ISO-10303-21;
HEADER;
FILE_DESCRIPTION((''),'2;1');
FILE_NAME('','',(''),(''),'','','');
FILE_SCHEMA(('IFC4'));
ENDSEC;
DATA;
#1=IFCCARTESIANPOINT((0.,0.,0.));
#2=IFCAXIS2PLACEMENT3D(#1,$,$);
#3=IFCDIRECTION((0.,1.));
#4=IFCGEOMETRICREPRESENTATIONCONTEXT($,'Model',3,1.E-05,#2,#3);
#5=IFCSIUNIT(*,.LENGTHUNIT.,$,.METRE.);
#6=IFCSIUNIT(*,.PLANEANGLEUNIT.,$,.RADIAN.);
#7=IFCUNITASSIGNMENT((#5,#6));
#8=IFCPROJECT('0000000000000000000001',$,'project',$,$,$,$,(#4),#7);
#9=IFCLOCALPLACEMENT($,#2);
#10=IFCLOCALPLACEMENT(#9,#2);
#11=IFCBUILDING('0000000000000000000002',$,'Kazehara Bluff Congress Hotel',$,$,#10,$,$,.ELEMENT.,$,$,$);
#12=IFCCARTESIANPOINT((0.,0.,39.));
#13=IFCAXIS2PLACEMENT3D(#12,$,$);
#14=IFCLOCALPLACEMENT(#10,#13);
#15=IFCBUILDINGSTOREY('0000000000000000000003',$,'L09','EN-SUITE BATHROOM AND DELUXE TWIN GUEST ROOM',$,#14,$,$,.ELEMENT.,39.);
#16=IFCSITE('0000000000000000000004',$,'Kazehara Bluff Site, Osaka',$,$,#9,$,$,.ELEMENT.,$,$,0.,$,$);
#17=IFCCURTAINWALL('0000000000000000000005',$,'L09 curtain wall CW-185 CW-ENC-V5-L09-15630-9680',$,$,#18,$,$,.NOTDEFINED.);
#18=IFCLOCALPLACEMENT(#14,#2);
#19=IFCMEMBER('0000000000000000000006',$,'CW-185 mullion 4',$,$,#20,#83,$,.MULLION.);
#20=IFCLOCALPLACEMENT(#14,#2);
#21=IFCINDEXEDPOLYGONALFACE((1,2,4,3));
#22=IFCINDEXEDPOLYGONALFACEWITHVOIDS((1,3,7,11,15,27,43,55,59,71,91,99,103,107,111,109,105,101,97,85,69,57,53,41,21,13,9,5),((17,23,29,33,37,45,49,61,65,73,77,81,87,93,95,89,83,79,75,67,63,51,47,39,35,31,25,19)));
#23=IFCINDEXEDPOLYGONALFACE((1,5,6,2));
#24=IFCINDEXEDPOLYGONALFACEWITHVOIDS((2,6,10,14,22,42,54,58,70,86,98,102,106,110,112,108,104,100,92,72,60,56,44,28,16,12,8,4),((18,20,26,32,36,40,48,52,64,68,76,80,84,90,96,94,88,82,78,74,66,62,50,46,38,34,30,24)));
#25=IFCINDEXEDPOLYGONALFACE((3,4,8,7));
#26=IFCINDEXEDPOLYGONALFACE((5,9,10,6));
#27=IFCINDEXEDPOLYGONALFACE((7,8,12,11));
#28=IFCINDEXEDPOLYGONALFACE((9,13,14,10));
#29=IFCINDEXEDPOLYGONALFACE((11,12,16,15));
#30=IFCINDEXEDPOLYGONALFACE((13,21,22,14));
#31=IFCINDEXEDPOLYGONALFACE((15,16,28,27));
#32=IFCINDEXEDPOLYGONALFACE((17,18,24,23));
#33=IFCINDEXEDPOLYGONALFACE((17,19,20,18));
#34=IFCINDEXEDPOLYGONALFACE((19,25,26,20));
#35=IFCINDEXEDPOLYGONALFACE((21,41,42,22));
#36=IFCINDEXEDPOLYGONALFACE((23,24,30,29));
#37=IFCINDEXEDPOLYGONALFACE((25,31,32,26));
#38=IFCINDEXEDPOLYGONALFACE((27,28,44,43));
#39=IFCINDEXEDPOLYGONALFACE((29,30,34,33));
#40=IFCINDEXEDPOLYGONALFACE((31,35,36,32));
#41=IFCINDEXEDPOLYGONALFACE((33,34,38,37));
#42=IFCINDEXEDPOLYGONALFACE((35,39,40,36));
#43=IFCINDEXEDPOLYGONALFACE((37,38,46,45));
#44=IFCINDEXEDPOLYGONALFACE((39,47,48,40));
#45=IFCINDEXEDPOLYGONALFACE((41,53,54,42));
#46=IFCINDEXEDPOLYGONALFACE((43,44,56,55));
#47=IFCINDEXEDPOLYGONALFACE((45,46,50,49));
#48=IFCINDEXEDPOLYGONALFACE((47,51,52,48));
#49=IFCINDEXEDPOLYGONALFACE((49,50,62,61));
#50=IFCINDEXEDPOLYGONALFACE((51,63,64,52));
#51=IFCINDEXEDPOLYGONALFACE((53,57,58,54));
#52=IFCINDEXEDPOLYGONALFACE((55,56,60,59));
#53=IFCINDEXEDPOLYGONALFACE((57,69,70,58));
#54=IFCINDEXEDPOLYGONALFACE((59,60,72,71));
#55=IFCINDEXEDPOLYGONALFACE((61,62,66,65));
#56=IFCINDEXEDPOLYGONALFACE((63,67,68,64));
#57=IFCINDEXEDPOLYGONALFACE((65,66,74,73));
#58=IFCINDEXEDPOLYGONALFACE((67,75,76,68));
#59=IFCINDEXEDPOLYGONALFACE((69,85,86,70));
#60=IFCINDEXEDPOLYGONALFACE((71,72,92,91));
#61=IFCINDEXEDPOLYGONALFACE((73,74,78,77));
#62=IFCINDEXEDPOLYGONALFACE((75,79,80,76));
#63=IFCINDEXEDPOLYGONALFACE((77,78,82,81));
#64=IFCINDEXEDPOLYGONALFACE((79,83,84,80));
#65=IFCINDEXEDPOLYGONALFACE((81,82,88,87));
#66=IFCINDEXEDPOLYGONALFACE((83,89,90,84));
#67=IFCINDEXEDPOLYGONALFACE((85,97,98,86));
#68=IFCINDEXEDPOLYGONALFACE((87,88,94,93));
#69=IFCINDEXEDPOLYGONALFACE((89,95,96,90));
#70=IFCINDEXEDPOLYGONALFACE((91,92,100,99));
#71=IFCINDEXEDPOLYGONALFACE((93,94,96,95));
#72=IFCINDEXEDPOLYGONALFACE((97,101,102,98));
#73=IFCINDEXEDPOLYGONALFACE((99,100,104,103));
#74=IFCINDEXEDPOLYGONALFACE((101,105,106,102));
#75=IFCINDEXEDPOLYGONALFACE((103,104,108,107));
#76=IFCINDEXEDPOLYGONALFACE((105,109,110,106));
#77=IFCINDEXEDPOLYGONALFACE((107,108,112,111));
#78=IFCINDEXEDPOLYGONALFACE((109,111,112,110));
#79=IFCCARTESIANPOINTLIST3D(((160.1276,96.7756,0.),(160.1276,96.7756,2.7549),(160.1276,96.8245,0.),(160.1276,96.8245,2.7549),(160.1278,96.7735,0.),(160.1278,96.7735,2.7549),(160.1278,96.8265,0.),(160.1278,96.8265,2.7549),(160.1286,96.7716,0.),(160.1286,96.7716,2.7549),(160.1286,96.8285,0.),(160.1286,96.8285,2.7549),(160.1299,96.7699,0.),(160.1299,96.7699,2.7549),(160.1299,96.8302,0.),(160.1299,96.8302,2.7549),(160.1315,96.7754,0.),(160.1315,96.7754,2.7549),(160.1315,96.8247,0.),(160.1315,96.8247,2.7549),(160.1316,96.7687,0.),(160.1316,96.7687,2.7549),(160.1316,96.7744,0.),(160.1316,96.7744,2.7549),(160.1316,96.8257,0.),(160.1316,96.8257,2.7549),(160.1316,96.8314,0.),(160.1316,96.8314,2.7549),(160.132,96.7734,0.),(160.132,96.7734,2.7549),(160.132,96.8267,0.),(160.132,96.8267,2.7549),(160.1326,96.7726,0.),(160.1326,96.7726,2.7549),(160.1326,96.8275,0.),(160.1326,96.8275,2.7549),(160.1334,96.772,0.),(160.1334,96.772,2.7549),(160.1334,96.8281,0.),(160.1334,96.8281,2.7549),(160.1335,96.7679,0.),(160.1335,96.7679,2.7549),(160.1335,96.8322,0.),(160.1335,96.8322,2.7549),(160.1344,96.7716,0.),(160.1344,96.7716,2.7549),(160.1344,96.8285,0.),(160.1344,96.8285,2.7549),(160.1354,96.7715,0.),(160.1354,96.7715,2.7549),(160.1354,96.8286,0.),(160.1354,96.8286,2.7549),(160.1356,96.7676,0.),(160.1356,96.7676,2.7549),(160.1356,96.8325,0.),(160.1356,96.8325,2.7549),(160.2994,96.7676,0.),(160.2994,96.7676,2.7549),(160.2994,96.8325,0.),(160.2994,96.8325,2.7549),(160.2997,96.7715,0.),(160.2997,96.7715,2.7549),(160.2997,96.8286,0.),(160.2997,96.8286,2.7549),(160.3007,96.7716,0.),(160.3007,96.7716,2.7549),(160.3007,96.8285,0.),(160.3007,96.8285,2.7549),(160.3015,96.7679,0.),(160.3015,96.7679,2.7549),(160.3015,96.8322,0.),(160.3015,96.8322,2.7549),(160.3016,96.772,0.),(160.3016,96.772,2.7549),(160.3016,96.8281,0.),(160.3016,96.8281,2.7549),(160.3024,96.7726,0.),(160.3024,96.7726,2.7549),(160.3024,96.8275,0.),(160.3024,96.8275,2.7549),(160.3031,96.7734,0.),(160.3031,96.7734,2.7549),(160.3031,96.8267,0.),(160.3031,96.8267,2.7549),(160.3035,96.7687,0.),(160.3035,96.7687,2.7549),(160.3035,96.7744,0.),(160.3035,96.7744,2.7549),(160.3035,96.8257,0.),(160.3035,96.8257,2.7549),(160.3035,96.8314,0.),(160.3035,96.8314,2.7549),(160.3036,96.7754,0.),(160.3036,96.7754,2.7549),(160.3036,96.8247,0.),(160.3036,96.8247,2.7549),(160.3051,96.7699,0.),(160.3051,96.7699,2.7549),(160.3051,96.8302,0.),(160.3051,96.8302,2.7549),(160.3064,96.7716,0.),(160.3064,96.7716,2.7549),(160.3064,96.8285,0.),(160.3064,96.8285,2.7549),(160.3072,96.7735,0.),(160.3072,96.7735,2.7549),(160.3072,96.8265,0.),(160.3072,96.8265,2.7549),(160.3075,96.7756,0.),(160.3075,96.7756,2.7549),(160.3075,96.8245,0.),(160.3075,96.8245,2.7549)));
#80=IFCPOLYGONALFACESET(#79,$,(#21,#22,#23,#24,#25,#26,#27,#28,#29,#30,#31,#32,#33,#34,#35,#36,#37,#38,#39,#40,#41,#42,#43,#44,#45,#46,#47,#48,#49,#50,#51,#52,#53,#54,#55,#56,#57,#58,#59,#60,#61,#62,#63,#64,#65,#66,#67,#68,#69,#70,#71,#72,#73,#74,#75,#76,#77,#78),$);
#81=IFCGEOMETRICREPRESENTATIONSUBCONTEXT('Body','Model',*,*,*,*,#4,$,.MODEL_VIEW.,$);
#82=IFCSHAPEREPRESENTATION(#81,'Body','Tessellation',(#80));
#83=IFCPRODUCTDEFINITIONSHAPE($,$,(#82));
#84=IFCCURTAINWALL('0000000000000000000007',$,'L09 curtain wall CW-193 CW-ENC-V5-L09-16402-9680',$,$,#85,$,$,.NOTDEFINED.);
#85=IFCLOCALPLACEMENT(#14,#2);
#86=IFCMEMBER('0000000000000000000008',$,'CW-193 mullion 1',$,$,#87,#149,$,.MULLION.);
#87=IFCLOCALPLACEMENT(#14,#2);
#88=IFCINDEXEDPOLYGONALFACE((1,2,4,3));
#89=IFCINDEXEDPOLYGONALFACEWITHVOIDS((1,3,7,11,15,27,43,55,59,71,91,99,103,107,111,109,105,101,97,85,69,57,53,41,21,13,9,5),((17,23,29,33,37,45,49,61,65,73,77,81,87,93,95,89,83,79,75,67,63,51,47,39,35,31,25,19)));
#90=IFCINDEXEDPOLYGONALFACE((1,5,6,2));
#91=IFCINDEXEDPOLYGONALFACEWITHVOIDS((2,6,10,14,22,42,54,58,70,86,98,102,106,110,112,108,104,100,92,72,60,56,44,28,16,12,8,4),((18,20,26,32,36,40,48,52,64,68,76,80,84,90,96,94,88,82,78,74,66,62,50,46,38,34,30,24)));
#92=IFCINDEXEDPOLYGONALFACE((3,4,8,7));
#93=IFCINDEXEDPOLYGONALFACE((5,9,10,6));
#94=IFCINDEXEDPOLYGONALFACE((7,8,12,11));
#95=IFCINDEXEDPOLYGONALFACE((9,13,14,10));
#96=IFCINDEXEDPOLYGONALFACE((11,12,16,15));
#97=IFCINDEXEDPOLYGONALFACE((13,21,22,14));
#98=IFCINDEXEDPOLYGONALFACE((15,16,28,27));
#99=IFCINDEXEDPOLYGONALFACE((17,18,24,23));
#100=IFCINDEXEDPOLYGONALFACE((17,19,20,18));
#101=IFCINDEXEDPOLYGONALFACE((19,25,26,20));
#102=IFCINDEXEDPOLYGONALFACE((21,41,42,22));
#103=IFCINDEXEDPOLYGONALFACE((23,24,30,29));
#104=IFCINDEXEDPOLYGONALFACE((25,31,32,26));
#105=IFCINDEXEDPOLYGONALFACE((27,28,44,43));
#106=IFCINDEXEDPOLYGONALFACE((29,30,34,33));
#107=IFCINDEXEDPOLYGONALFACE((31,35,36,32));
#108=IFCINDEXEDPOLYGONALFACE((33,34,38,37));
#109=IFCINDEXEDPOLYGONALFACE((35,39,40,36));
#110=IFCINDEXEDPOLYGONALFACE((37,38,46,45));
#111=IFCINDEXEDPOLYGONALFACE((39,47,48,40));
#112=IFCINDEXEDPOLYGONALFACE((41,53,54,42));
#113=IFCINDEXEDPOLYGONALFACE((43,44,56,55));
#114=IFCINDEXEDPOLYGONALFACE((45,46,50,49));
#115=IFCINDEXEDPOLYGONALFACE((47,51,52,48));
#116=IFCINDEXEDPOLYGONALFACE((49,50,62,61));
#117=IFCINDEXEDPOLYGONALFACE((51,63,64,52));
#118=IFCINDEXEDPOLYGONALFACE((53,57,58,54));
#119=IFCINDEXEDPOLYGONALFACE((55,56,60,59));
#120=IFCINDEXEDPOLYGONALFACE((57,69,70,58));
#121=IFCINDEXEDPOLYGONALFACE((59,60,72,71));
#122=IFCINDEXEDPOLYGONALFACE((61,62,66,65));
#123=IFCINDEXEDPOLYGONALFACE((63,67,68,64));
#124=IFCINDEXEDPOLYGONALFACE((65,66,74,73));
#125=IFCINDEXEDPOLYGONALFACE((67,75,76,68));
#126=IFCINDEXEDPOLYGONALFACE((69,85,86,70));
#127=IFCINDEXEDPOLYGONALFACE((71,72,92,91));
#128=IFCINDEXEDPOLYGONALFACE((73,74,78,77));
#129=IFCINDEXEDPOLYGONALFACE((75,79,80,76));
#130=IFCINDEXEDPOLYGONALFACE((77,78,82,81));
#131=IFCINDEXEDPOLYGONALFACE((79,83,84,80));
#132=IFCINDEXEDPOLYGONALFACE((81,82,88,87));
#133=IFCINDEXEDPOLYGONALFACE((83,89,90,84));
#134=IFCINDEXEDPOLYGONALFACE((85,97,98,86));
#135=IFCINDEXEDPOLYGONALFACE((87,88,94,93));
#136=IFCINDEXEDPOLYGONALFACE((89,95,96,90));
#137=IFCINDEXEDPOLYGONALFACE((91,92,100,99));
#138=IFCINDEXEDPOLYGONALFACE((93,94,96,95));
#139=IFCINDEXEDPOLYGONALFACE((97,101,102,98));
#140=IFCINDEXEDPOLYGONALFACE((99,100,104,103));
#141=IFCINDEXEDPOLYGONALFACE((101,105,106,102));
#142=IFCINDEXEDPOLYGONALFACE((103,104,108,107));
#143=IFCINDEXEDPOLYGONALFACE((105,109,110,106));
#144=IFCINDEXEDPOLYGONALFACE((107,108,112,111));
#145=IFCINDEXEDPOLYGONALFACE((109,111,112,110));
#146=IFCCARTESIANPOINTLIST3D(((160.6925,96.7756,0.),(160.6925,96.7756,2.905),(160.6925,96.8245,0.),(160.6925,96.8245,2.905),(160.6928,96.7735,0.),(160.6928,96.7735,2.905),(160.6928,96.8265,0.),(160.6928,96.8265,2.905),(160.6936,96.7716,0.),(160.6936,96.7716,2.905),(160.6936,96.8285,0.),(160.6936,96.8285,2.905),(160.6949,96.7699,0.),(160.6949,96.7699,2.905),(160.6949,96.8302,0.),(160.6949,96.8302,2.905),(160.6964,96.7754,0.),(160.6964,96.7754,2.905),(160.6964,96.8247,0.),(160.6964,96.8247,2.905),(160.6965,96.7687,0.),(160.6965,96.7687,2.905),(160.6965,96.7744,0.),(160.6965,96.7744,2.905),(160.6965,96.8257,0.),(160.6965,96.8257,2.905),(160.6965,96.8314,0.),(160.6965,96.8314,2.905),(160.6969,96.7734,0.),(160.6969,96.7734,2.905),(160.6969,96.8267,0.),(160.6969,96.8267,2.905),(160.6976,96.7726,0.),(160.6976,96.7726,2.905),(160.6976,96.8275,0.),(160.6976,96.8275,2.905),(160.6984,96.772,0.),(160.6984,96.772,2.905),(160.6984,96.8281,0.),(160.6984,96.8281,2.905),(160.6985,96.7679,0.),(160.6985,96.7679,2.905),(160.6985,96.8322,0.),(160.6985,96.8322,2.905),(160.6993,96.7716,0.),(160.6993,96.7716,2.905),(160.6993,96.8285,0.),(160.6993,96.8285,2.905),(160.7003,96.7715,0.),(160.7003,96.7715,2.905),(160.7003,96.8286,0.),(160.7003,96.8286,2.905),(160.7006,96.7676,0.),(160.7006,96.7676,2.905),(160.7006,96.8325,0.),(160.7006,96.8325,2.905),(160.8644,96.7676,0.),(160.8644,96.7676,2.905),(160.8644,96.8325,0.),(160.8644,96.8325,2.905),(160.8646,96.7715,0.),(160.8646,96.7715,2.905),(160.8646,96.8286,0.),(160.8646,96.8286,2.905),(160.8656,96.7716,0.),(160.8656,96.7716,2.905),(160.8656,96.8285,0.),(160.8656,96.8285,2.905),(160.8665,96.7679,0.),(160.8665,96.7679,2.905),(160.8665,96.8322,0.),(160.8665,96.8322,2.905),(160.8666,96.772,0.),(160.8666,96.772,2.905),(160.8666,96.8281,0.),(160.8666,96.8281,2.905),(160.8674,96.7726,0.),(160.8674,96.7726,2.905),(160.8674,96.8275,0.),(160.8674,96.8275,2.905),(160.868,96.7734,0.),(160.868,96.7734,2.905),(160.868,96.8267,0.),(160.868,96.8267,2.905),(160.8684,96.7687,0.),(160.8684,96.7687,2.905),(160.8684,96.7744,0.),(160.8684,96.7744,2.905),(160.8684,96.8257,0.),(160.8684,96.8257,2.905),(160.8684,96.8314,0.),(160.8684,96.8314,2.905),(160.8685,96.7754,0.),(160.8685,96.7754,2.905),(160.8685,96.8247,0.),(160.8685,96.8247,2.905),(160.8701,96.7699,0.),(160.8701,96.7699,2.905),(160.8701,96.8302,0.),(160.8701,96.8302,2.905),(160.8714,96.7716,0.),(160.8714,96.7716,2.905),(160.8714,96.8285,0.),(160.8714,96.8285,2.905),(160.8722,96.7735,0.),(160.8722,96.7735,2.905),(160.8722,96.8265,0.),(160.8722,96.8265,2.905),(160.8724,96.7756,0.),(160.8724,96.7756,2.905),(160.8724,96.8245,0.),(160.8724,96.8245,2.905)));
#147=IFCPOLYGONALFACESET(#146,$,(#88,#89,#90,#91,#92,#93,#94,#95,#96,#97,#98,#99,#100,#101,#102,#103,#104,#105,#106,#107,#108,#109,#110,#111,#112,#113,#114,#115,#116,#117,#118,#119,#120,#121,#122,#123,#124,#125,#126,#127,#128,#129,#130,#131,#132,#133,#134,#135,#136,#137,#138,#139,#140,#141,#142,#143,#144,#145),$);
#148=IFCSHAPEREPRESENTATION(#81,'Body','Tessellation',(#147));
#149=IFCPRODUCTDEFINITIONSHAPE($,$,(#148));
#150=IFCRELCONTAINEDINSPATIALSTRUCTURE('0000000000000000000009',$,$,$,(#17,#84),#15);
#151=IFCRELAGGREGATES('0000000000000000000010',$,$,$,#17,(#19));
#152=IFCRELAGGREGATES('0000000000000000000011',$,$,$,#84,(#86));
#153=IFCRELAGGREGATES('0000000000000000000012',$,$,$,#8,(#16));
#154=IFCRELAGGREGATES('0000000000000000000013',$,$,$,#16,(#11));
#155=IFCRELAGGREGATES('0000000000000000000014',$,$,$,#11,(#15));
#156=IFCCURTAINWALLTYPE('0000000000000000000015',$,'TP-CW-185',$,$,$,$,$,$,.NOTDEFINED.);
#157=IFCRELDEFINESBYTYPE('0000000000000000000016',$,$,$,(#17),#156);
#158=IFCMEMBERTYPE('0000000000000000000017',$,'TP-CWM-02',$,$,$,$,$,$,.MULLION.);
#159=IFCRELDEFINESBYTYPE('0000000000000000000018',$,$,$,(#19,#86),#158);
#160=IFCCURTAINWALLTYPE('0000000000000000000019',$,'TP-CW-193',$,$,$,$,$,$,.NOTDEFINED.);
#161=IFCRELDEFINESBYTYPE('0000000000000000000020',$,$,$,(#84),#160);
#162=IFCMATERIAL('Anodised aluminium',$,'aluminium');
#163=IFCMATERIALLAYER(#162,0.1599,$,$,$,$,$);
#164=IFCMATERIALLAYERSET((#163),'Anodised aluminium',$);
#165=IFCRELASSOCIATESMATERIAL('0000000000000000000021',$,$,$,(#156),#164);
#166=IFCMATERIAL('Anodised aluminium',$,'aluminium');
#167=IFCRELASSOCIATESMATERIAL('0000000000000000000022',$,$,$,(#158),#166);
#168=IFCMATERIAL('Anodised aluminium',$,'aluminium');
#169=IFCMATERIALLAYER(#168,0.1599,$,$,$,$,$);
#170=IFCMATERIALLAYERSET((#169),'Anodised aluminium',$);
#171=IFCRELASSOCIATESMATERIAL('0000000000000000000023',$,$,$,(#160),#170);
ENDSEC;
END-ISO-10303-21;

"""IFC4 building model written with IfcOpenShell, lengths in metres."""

from ifc_helpers import new_model, si_unit, direction, frame, origin, origin_2d, place, context, subcontext, project, spatial, hollow_rectangle, extrude, material, layer, layer_set, material_profile, profile_set, type_object, element, aggregate, save


model = new_model("IFC4")

# Units and contexts
model_context = context("Model", 3, precision=1e-05, world=origin(), true_north=direction((0.0, 1.0)))
body_context = subcontext(model_context, "Body", "Model", "MODEL_VIEW")
ifc_project = project(units=[si_unit("LENGTHUNIT", "METRE"), si_unit("PLANEANGLEUNIT", "RADIAN")], contexts=[model_context])

# Site, building, storey
site_placement = place(None, origin())
site = spatial("IfcSite", under=ifc_project, at=site_placement, Name="Kazehara Bluff Site, Osaka", CompositionType="ELEMENT", RefElevation=0.0)
building_placement = place(site_placement, origin())
building = spatial("IfcBuilding", under=site, at=building_placement, Name="Kazehara Bluff Congress Hotel", CompositionType="ELEMENT")
storey_placement = place(building_placement, frame((0.0, 0.0, 39.0)))
storey = spatial("IfcBuildingStorey", under=building, at=storey_placement, Name="L09", Description="EN-SUITE BATHROOM AND DELUXE TWIN GUEST ROOM", CompositionType="ELEMENT", Elevation=39.0)

# Curtain wall, member
ifc_material_1 = material(Name="Anodised aluminium", Category="aluminium")
ifc_layer_1 = layer(ifc_material_1, 0.1599)
ifc_layer_set_1 = layer_set([ifc_layer_1], Name="Anodised aluminium")
curtain_wall_type_1 = type_object("IfcCurtainWallType", Name="TP-CW-185", PredefinedType="NOTDEFINED", material=ifc_layer_set_1)
curtain_wall_1_placement = place(storey_placement, origin())
curtain_wall_1 = element("IfcCurtainWall", 1, at=curtain_wall_1_placement, inside=storey, type_object=curtain_wall_type_1, Name="L09 curtain wall CW-185 CW-ENC-V5-L09-15630-9680", PredefinedType="NOTDEFINED")
ifc_material_2 = material(Name="Anodised aluminium", Category="aluminium")
ifc_material_profile_1 = material_profile(ifc_material_2, hollow_rectangle(XDim=0.0649, YDim=0.1799, WallThickness=0.0039, InnerFilletRadius=0.0039, OuterFilletRadius=0.0081, at=origin_2d()))
ifc_profile_set_1 = profile_set([ifc_material_profile_1], Name="Anodised aluminium")
member_type_1 = type_object("IfcMemberType", Name="TP-CWM-02", PredefinedType="MULLION", material=ifc_profile_set_1)
member_1_placement = place(storey_placement, frame((160.2175, 96.8, 0.0), z_axis=(0.0, 0.0, 1.0), x_axis=(0.0, 1.0, 0.0)))
member_1 = element("IfcMember", 2, at=member_1_placement, type_object=member_type_1, Name="CW-185 mullion 4", PredefinedType="MULLION", context=body_context, shape_type="SweptSolid", body=[
    extrude(hollow_rectangle(XDim=0.0649, YDim=0.1799, WallThickness=0.0039, InnerFilletRadius=0.0039, OuterFilletRadius=0.0081, at=origin_2d()), origin(), (0.0, 0.0, 1.0), 2.7549),
])

# Curtain wall, member
ifc_material_3 = material(Name="Anodised aluminium", Category="aluminium")
ifc_layer_2 = layer(ifc_material_3, 0.1599)
ifc_layer_set_2 = layer_set([ifc_layer_2], Name="Anodised aluminium")
curtain_wall_type_2 = type_object("IfcCurtainWallType", Name="TP-CW-193", PredefinedType="NOTDEFINED", material=ifc_layer_set_2)
curtain_wall_2_placement = place(storey_placement, origin())
curtain_wall_2 = element("IfcCurtainWall", 3, at=curtain_wall_2_placement, inside=storey, type_object=curtain_wall_type_2, Name="L09 curtain wall CW-193 CW-ENC-V5-L09-16402-9680", PredefinedType="NOTDEFINED")
member_2_placement = place(storey_placement, frame((160.7825, 96.8, 0.0), z_axis=(0.0, 0.0, 1.0), x_axis=(0.0, 1.0, 0.0)))
member_2 = element("IfcMember", 4, at=member_2_placement, type_object=member_type_1, Name="CW-193 mullion 1", PredefinedType="MULLION", context=body_context, shape_type="SweptSolid", body=[
    extrude(hollow_rectangle(XDim=0.0649, YDim=0.1799, WallThickness=0.0039, InnerFilletRadius=0.0039, OuterFilletRadius=0.0081, at=origin_2d()), origin(), (0.0, 0.0, 1.0), 2.905),
])

aggregate(curtain_wall_1, [member_1])
aggregate(curtain_wall_2, [member_2])

save(model, "model.ifc")
